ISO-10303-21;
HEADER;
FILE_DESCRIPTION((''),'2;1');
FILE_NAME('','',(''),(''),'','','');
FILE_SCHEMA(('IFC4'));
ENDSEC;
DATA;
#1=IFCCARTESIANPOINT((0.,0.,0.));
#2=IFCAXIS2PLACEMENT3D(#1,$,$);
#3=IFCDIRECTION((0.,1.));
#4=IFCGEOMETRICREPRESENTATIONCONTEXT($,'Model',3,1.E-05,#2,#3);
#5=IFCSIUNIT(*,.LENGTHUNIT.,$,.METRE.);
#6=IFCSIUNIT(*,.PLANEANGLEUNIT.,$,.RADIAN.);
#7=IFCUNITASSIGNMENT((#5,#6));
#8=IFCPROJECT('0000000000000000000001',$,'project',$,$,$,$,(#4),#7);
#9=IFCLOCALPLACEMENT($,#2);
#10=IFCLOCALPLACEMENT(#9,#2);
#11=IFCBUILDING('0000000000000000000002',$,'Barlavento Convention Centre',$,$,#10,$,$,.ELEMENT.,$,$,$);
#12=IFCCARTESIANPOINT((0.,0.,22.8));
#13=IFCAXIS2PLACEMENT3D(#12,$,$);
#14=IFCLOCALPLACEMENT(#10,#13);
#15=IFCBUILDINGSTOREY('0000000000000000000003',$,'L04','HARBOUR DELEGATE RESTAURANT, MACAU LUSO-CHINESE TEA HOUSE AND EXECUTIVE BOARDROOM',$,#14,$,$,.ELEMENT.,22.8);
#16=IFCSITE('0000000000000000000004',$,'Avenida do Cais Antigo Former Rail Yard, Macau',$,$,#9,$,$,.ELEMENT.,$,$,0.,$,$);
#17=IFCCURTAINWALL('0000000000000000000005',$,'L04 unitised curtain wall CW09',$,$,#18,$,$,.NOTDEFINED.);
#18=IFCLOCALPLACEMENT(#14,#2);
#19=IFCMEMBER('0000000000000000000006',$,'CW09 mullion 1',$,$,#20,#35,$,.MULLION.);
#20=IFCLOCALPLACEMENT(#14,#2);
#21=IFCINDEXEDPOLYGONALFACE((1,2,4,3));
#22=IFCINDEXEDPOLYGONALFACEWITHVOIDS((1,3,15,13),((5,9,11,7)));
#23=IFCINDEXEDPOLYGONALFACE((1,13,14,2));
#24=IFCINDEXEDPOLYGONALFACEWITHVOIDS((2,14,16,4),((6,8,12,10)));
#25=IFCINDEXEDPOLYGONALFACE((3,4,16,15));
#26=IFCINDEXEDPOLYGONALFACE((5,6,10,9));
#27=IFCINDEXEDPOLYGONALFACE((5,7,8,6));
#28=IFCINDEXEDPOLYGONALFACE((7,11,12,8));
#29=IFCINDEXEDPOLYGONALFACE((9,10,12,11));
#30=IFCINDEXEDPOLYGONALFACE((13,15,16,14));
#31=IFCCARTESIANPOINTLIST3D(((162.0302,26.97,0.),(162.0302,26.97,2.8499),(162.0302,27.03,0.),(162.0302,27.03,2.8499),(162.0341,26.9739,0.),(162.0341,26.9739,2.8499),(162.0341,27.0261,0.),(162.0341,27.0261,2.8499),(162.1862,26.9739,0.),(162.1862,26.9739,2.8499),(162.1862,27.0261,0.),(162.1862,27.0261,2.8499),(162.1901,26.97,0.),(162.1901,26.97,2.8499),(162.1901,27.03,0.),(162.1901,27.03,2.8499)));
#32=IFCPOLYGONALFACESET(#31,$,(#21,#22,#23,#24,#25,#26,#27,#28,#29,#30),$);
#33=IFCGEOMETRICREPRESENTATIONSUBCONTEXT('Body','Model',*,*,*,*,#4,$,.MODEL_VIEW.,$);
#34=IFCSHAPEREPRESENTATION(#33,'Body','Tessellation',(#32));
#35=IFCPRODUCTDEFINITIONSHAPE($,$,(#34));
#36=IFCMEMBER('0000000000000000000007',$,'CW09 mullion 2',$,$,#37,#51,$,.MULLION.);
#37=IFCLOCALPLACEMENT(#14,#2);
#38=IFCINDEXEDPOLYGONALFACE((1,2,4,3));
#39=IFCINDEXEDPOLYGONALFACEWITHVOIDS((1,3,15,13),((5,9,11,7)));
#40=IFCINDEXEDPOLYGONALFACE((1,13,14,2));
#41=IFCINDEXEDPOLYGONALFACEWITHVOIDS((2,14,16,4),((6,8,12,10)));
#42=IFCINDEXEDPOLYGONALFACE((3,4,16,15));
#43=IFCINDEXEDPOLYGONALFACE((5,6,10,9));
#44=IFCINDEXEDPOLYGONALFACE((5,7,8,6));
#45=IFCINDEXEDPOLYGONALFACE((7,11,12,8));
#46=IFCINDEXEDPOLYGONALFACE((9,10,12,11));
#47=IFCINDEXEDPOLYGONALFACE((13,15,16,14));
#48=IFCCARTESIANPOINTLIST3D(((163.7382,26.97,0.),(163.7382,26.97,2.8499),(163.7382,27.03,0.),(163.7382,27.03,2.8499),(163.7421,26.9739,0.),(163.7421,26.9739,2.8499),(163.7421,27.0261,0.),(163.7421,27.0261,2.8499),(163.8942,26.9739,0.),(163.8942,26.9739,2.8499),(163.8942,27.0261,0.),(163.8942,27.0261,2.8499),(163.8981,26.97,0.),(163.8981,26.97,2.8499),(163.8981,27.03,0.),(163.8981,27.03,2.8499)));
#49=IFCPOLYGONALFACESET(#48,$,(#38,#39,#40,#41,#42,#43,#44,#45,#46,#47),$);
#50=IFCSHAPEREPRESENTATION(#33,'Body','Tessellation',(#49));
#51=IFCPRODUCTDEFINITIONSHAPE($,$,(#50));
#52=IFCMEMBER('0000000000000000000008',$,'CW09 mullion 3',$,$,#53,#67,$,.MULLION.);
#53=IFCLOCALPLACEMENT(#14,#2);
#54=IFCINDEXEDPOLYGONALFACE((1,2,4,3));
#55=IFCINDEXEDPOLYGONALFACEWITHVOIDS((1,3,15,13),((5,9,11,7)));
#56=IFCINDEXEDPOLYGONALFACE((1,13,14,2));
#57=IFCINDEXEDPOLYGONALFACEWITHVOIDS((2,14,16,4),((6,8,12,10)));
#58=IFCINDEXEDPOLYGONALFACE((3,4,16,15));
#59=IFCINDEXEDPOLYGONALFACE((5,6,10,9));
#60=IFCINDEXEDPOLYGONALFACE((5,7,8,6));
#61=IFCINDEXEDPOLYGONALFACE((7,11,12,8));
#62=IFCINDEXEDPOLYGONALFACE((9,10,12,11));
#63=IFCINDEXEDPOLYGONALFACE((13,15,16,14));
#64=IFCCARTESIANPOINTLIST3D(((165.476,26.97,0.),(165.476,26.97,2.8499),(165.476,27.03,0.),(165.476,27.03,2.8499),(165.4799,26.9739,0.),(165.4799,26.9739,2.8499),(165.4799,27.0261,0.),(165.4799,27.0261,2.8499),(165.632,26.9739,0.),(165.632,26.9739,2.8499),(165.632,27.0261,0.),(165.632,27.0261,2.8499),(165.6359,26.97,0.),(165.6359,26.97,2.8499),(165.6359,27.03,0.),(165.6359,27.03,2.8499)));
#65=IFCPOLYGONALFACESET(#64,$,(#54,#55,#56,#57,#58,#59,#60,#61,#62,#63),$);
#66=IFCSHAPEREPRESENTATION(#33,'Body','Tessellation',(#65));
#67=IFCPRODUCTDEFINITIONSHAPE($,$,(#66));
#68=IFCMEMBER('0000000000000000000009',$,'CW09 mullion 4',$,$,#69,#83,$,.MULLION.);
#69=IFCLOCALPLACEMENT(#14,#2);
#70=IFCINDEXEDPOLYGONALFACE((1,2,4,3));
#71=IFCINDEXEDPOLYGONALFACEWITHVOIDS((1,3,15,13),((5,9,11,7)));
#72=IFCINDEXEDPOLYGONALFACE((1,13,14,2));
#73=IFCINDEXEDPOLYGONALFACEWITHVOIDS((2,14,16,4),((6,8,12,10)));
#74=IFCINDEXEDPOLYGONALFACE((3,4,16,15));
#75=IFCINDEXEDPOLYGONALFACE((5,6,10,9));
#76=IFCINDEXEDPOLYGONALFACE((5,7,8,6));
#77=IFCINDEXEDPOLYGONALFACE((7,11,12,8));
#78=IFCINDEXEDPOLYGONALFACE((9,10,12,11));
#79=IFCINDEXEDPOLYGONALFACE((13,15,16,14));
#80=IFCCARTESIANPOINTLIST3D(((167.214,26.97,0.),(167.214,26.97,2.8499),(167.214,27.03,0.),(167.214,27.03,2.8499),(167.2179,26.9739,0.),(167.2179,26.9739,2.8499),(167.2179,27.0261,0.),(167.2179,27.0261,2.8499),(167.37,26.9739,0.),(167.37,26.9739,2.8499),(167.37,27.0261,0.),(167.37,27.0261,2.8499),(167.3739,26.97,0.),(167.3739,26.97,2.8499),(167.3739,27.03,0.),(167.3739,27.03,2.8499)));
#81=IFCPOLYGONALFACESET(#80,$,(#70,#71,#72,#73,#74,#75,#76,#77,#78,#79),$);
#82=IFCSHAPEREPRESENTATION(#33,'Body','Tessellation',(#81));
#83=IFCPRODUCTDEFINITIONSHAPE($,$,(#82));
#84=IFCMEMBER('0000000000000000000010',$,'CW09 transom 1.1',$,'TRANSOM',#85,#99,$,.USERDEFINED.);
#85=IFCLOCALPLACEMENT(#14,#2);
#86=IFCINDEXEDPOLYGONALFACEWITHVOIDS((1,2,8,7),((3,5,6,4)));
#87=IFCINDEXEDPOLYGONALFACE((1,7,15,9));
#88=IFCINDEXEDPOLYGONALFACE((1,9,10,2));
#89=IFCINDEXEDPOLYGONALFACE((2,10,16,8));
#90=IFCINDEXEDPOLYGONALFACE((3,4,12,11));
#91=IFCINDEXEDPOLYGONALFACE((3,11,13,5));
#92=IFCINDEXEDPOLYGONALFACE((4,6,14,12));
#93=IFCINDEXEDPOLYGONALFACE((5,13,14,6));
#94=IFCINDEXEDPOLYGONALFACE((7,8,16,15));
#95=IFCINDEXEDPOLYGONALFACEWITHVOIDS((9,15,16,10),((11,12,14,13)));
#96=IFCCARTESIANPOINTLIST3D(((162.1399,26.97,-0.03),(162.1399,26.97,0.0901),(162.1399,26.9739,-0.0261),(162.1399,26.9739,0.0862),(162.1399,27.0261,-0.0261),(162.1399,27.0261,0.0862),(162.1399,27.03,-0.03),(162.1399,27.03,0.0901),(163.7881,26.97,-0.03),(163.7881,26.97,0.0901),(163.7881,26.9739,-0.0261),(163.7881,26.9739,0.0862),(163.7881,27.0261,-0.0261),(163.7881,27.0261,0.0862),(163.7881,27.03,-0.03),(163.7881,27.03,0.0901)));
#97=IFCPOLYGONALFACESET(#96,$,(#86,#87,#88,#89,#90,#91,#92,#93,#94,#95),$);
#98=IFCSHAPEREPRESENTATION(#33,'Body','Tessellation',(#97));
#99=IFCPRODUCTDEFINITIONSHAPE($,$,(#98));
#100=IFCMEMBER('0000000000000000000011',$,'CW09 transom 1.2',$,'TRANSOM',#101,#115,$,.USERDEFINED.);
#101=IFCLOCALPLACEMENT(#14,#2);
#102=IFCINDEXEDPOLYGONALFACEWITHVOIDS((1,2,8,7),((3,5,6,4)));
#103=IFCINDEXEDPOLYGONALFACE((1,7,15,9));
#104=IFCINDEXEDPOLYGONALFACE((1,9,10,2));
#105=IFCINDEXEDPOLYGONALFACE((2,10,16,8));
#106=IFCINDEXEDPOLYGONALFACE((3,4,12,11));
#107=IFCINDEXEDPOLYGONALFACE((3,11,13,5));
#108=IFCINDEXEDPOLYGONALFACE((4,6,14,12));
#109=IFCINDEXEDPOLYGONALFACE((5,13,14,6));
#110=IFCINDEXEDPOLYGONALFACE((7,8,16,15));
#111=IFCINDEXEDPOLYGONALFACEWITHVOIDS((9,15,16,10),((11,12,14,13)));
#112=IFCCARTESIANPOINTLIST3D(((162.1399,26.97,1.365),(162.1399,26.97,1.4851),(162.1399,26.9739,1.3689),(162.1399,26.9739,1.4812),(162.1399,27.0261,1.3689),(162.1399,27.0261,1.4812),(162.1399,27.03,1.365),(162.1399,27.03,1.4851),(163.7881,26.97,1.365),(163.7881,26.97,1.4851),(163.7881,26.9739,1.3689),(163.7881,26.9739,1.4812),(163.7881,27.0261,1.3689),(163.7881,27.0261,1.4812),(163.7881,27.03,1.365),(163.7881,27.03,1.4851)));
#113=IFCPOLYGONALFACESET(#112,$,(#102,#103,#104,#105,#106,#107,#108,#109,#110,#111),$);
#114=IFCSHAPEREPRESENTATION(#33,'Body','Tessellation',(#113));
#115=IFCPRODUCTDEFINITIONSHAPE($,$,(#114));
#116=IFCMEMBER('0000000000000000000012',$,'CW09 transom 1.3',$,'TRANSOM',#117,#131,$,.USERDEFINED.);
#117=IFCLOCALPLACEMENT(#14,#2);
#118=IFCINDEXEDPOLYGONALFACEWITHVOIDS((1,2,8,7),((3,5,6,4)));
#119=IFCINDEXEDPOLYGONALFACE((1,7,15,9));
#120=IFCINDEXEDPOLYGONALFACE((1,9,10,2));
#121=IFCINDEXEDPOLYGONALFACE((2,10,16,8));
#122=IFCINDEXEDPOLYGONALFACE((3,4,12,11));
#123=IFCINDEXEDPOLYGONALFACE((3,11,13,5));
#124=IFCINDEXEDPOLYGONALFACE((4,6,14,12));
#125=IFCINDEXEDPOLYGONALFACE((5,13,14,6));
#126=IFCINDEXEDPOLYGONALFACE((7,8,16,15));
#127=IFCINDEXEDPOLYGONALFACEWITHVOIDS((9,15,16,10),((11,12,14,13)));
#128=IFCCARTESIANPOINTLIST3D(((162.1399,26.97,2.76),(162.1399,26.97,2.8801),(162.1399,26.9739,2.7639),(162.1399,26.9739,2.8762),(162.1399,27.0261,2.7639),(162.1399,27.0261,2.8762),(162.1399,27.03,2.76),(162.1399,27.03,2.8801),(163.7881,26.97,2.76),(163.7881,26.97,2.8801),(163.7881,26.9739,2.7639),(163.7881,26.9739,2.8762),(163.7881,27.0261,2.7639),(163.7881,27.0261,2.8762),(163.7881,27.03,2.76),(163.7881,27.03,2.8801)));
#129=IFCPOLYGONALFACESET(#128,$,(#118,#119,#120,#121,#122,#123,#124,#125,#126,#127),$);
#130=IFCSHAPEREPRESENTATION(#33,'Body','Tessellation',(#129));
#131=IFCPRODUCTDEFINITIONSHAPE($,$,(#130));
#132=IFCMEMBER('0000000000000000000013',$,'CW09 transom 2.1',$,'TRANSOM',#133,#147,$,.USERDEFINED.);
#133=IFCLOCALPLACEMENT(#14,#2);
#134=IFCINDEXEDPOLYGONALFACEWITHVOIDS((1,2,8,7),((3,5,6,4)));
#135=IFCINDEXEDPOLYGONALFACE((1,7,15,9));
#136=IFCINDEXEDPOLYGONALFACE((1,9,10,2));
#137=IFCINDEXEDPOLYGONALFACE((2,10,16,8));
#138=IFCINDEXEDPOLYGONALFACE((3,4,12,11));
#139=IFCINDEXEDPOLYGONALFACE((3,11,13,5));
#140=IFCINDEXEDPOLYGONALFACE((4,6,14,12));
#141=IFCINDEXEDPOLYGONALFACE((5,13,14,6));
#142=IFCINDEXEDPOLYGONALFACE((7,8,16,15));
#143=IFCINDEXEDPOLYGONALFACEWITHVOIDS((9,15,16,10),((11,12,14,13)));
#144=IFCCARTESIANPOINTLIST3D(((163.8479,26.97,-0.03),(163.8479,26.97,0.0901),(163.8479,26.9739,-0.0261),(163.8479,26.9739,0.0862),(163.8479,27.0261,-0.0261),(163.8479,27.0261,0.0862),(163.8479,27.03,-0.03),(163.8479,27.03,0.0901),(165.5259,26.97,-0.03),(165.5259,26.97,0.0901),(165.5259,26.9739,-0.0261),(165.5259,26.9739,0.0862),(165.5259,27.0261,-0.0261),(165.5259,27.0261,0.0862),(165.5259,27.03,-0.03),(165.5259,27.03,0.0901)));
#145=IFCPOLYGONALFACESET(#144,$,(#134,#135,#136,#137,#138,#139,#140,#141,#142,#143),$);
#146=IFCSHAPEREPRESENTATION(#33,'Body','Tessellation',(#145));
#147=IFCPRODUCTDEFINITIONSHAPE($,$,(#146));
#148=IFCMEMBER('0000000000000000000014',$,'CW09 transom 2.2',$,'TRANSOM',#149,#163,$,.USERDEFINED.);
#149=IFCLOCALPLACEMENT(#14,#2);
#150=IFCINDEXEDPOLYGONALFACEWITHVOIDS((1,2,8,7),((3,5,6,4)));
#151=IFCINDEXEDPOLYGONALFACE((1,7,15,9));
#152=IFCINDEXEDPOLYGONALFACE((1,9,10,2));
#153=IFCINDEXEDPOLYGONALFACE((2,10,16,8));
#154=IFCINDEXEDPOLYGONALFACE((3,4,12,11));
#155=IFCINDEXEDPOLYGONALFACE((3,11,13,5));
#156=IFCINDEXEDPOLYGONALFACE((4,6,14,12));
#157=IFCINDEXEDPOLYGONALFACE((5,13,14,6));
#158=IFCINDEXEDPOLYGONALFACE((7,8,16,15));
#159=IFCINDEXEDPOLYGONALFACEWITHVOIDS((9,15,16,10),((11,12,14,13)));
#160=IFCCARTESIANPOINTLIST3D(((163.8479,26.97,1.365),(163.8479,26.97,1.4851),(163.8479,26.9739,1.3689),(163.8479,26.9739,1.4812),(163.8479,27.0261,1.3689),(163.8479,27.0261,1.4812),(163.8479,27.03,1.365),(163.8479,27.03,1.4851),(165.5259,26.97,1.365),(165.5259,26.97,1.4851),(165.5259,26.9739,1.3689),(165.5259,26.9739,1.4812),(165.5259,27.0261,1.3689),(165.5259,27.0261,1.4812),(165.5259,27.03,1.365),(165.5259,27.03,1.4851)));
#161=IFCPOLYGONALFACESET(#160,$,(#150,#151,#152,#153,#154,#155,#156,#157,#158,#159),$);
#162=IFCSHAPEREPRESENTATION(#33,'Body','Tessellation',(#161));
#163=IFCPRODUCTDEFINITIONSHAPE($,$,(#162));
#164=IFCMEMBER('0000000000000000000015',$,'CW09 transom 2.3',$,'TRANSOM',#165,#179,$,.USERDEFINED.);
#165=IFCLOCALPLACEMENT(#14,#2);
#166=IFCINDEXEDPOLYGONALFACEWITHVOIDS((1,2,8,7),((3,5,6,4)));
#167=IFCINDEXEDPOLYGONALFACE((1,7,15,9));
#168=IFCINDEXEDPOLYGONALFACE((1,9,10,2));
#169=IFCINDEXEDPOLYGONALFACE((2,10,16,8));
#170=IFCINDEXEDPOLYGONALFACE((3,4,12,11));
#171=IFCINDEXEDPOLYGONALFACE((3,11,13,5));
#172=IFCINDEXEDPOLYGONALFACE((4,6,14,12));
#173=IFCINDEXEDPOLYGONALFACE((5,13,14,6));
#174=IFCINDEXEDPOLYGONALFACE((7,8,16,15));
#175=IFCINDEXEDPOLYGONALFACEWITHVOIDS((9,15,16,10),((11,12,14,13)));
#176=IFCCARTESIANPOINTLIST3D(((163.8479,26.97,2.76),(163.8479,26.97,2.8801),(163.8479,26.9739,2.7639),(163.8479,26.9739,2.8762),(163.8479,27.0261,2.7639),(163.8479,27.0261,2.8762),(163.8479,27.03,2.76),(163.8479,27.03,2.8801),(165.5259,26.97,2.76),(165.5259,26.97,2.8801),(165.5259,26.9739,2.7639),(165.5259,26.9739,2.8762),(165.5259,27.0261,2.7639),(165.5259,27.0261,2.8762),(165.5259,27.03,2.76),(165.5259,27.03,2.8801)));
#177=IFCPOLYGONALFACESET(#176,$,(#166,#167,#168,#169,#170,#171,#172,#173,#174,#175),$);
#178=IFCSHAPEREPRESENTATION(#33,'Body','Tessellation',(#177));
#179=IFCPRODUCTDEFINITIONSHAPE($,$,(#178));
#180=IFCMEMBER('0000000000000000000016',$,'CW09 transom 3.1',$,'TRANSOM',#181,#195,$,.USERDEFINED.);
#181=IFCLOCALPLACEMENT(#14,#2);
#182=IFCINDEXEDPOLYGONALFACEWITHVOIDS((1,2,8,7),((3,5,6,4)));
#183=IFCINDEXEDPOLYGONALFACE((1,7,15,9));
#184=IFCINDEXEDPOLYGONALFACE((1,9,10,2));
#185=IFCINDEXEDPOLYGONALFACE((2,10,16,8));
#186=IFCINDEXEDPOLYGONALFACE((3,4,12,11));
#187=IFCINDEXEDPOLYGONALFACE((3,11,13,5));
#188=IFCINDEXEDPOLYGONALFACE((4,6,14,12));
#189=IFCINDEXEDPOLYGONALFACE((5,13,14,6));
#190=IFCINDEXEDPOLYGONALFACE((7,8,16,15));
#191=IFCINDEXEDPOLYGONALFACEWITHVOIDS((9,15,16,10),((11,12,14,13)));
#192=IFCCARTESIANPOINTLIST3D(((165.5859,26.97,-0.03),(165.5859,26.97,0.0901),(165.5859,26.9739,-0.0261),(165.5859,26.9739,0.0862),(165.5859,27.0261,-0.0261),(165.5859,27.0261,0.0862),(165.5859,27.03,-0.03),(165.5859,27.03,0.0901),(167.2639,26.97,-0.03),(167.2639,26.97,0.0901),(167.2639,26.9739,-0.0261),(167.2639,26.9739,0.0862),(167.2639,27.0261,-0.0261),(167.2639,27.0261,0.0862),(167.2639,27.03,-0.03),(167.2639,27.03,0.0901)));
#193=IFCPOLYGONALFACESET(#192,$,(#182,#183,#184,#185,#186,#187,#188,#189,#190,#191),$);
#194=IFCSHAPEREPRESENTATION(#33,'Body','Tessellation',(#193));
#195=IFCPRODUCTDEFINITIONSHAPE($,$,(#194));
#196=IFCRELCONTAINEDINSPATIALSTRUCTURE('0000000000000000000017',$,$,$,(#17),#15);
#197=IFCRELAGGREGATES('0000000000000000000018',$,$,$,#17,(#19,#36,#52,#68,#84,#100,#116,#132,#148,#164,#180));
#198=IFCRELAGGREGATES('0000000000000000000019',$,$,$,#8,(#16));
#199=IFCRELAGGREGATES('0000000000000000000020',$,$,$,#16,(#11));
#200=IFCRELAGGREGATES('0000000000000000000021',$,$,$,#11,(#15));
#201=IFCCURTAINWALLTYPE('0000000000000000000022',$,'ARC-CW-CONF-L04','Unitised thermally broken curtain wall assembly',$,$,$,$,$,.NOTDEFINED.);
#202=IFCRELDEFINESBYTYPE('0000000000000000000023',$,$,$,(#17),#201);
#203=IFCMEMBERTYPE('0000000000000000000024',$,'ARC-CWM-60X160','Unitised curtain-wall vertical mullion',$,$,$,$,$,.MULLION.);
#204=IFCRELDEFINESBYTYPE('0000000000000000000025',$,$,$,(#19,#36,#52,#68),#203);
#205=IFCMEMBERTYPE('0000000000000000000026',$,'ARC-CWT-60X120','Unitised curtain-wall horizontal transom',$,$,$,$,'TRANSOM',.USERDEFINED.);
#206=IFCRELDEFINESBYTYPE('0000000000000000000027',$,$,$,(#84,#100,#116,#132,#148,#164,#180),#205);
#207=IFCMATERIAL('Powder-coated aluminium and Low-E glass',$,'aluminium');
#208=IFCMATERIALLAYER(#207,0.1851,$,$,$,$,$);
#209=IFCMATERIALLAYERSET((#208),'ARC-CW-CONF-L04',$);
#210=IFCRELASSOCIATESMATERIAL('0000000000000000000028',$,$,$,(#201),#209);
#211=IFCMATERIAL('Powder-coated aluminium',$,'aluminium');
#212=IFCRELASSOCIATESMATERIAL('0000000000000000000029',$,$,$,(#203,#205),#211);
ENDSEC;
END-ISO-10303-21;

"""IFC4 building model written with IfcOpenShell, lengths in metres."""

from ifc_helpers import new_model, si_unit, direction, frame, origin, origin_2d, place, context, subcontext, project, spatial, hollow_rectangle, extrude, material, layer, layer_set, material_profile, profile_set, type_object, element, aggregate, save


model = new_model("IFC4")

# Units and contexts
model_context = context("Model", 3, precision=1e-05, world=origin(), true_north=direction((0.0, 1.0)))
body_context = subcontext(model_context, "Body", "Model", "MODEL_VIEW")
ifc_project = project(units=[si_unit("LENGTHUNIT", "METRE"), si_unit("PLANEANGLEUNIT", "RADIAN")], contexts=[model_context])

# Site, building, storey
site_placement = place(None, origin())
site = spatial("IfcSite", under=ifc_project, at=site_placement, Name="Avenida do Cais Antigo Former Rail Yard, Macau", CompositionType="ELEMENT", RefElevation=0.0)
building_placement = place(site_placement, origin())
building = spatial("IfcBuilding", under=site, at=building_placement, Name="Barlavento Convention Centre", CompositionType="ELEMENT")
storey_placement = place(building_placement, frame((0.0, 0.0, 22.8)))
storey = spatial("IfcBuildingStorey", under=building, at=storey_placement, Name="L04", Description="HARBOUR DELEGATE RESTAURANT, MACAU LUSO-CHINESE TEA HOUSE AND EXECUTIVE BOARDROOM", CompositionType="ELEMENT", Elevation=22.8)

# Curtain wall, members
ifc_material_1 = material(Name="Powder-coated aluminium and Low-E glass", Category="aluminium")
ifc_layer_1 = layer(ifc_material_1, 0.1851)
ifc_layer_set_1 = layer_set([ifc_layer_1], Name="ARC-CW-CONF-L04")
curtain_wall_type = type_object("IfcCurtainWallType", Name="ARC-CW-CONF-L04", Description="Unitised thermally broken curtain wall assembly", PredefinedType="NOTDEFINED", material=ifc_layer_set_1)
curtain_wall_placement = place(storey_placement, origin())
curtain_wall = element("IfcCurtainWall", 1, at=curtain_wall_placement, inside=storey, type_object=curtain_wall_type, Name="L04 unitised curtain wall CW09", PredefinedType="NOTDEFINED")
ifc_material_2 = material(Name="Powder-coated aluminium", Category="aluminium")
ifc_material_profile_1 = material_profile(ifc_material_2, hollow_rectangle(XDim=0.0601, YDim=0.1599, WallThickness=0.0039, at=origin_2d()), Name="AL-MULL 60x160x4")
ifc_profile_set_1 = profile_set([ifc_material_profile_1], Name="Powder-coated aluminium")
member_type_1 = type_object("IfcMemberType", Name="ARC-CWM-60X160", Description="Unitised curtain-wall vertical mullion", PredefinedType="MULLION", material=ifc_profile_set_1)
member_1_placement = place(storey_placement, frame((162.1101, 27.0, 0.0), z_axis=(0.0, 0.0, 1.0), x_axis=(0.0, 1.0, 0.0)))
member_1 = element("IfcMember", 2, at=member_1_placement, type_object=member_type_1, Name="CW09 mullion 1", PredefinedType="MULLION", context=body_context, shape_type="SweptSolid", body=[
    extrude(hollow_rectangle(XDim=0.0601, YDim=0.1599, WallThickness=0.0039, at=origin_2d()), origin(), (0.0, 0.0, 1.0), 2.8499),
])
member_2_placement = place(storey_placement, frame((163.8181, 27.0, 0.0), z_axis=(0.0, 0.0, 1.0), x_axis=(0.0, 1.0, 0.0)))
member_2 = element("IfcMember", 3, at=member_2_placement, type_object=member_type_1, Name="CW09 mullion 2", PredefinedType="MULLION", context=body_context, shape_type="SweptSolid", body=[
    extrude(hollow_rectangle(XDim=0.0601, YDim=0.1599, WallThickness=0.0039, at=origin_2d()), origin(), (0.0, 0.0, 1.0), 2.8499),
])
member_3_placement = place(storey_placement, frame((165.5559, 27.0, 0.0), z_axis=(0.0, 0.0, 1.0), x_axis=(0.0, 1.0, 0.0)))
member_3 = element("IfcMember", 4, at=member_3_placement, type_object=member_type_1, Name="CW09 mullion 3", PredefinedType="MULLION", context=body_context, shape_type="SweptSolid", body=[
    extrude(hollow_rectangle(XDim=0.0601, YDim=0.1599, WallThickness=0.0039, at=origin_2d()), origin(), (0.0, 0.0, 1.0), 2.8499),
])
member_4_placement = place(storey_placement, frame((167.2939, 27.0, 0.0), z_axis=(0.0, 0.0, 1.0), x_axis=(0.0, 1.0, 0.0)))
member_4 = element("IfcMember", 5, at=member_4_placement, type_object=member_type_1, Name="CW09 mullion 4", PredefinedType="MULLION", context=body_context, shape_type="SweptSolid", body=[
    extrude(hollow_rectangle(XDim=0.0601, YDim=0.1599, WallThickness=0.0039, at=origin_2d()), origin(), (0.0, 0.0, 1.0), 2.8499),
])
ifc_material_profile_2 = material_profile(ifc_material_2, hollow_rectangle(XDim=0.0601, YDim=0.1201, WallThickness=0.0039, at=origin_2d()), Name="AL-TRAN 60x120x4")
ifc_profile_set_2 = profile_set([ifc_material_profile_2], Name="Powder-coated aluminium")
member_type_2 = type_object("IfcMemberType", Name="ARC-CWT-60X120", Description="Unitised curtain-wall horizontal transom", ElementType="TRANSOM", PredefinedType="USERDEFINED", material=ifc_profile_set_2)
member_5_placement = place(storey_placement, frame((162.1399, 27.0, 0.03), z_axis=(1.0, 0.0, 0.0), x_axis=(0.0, 1.0, 0.0)))
member_5 = element("IfcMember", 6, at=member_5_placement, type_object=member_type_2, Name="CW09 transom 1.1", ObjectType="TRANSOM", PredefinedType="USERDEFINED", context=body_context, shape_type="SweptSolid", body=[
    extrude(hollow_rectangle(XDim=0.0601, YDim=0.1201, WallThickness=0.0039, at=origin_2d()), origin(), (0.0, 0.0, 1.0), 1.6482),
])
member_6_placement = place(storey_placement, frame((162.1399, 27.0, 1.425), z_axis=(1.0, 0.0, 0.0), x_axis=(0.0, 1.0, 0.0)))
member_6 = element("IfcMember", 7, at=member_6_placement, type_object=member_type_2, Name="CW09 transom 1.2", ObjectType="TRANSOM", PredefinedType="USERDEFINED", context=body_context, shape_type="SweptSolid", body=[
    extrude(hollow_rectangle(XDim=0.0601, YDim=0.1201, WallThickness=0.0039, at=origin_2d()), origin(), (0.0, 0.0, 1.0), 1.6482),
])
member_7_placement = place(storey_placement, frame((162.1399, 27.0, 2.8201), z_axis=(1.0, 0.0, 0.0), x_axis=(0.0, 1.0, 0.0)))
member_7 = element("IfcMember", 8, at=member_7_placement, type_object=member_type_2, Name="CW09 transom 1.3", ObjectType="TRANSOM", PredefinedType="USERDEFINED", context=body_context, shape_type="SweptSolid", body=[
    extrude(hollow_rectangle(XDim=0.0601, YDim=0.1201, WallThickness=0.0039, at=origin_2d()), origin(), (0.0, 0.0, 1.0), 1.6482),
])
member_8_placement = place(storey_placement, frame((163.8479, 27.0, 0.03), z_axis=(1.0, 0.0, 0.0), x_axis=(0.0, 1.0, 0.0)))
member_8 = element("IfcMember", 9, at=member_8_placement, type_object=member_type_2, Name="CW09 transom 2.1", ObjectType="TRANSOM", PredefinedType="USERDEFINED", context=body_context, shape_type="SweptSolid", body=[
    extrude(hollow_rectangle(XDim=0.0601, YDim=0.1201, WallThickness=0.0039, at=origin_2d()), origin(), (0.0, 0.0, 1.0), 1.678),
])
member_9_placement = place(storey_placement, frame((163.8479, 27.0, 1.425), z_axis=(1.0, 0.0, 0.0), x_axis=(0.0, 1.0, 0.0)))
member_9 = element("IfcMember", 10, at=member_9_placement, type_object=member_type_2, Name="CW09 transom 2.2", ObjectType="TRANSOM", PredefinedType="USERDEFINED", context=body_context, shape_type="SweptSolid", body=[
    extrude(hollow_rectangle(XDim=0.0601, YDim=0.1201, WallThickness=0.0039, at=origin_2d()), origin(), (0.0, 0.0, 1.0), 1.678),
])
member_10_placement = place(storey_placement, frame((163.8479, 27.0, 2.8201), z_axis=(1.0, 0.0, 0.0), x_axis=(0.0, 1.0, 0.0)))
member_10 = element("IfcMember", 11, at=member_10_placement, type_object=member_type_2, Name="CW09 transom 2.3", ObjectType="TRANSOM", PredefinedType="USERDEFINED", context=body_context, shape_type="SweptSolid", body=[
    extrude(hollow_rectangle(XDim=0.0601, YDim=0.1201, WallThickness=0.0039, at=origin_2d()), origin(), (0.0, 0.0, 1.0), 1.678),
])
member_11_placement = place(storey_placement, frame((165.5859, 27.0, 0.03), z_axis=(1.0, 0.0, 0.0), x_axis=(0.0, 1.0, 0.0)))
member_11 = element("IfcMember", 12, at=member_11_placement, type_object=member_type_2, Name="CW09 transom 3.1", ObjectType="TRANSOM", PredefinedType="USERDEFINED", context=body_context, shape_type="SweptSolid", body=[
    extrude(hollow_rectangle(XDim=0.0601, YDim=0.1201, WallThickness=0.0039, at=origin_2d()), origin(), (0.0, 0.0, 1.0), 1.678),
])
aggregate(curtain_wall, [member_1, member_2, member_3, member_4, member_5, member_6, member_7, member_8, member_9, member_10, member_11])

save(model, "model.ifc")
